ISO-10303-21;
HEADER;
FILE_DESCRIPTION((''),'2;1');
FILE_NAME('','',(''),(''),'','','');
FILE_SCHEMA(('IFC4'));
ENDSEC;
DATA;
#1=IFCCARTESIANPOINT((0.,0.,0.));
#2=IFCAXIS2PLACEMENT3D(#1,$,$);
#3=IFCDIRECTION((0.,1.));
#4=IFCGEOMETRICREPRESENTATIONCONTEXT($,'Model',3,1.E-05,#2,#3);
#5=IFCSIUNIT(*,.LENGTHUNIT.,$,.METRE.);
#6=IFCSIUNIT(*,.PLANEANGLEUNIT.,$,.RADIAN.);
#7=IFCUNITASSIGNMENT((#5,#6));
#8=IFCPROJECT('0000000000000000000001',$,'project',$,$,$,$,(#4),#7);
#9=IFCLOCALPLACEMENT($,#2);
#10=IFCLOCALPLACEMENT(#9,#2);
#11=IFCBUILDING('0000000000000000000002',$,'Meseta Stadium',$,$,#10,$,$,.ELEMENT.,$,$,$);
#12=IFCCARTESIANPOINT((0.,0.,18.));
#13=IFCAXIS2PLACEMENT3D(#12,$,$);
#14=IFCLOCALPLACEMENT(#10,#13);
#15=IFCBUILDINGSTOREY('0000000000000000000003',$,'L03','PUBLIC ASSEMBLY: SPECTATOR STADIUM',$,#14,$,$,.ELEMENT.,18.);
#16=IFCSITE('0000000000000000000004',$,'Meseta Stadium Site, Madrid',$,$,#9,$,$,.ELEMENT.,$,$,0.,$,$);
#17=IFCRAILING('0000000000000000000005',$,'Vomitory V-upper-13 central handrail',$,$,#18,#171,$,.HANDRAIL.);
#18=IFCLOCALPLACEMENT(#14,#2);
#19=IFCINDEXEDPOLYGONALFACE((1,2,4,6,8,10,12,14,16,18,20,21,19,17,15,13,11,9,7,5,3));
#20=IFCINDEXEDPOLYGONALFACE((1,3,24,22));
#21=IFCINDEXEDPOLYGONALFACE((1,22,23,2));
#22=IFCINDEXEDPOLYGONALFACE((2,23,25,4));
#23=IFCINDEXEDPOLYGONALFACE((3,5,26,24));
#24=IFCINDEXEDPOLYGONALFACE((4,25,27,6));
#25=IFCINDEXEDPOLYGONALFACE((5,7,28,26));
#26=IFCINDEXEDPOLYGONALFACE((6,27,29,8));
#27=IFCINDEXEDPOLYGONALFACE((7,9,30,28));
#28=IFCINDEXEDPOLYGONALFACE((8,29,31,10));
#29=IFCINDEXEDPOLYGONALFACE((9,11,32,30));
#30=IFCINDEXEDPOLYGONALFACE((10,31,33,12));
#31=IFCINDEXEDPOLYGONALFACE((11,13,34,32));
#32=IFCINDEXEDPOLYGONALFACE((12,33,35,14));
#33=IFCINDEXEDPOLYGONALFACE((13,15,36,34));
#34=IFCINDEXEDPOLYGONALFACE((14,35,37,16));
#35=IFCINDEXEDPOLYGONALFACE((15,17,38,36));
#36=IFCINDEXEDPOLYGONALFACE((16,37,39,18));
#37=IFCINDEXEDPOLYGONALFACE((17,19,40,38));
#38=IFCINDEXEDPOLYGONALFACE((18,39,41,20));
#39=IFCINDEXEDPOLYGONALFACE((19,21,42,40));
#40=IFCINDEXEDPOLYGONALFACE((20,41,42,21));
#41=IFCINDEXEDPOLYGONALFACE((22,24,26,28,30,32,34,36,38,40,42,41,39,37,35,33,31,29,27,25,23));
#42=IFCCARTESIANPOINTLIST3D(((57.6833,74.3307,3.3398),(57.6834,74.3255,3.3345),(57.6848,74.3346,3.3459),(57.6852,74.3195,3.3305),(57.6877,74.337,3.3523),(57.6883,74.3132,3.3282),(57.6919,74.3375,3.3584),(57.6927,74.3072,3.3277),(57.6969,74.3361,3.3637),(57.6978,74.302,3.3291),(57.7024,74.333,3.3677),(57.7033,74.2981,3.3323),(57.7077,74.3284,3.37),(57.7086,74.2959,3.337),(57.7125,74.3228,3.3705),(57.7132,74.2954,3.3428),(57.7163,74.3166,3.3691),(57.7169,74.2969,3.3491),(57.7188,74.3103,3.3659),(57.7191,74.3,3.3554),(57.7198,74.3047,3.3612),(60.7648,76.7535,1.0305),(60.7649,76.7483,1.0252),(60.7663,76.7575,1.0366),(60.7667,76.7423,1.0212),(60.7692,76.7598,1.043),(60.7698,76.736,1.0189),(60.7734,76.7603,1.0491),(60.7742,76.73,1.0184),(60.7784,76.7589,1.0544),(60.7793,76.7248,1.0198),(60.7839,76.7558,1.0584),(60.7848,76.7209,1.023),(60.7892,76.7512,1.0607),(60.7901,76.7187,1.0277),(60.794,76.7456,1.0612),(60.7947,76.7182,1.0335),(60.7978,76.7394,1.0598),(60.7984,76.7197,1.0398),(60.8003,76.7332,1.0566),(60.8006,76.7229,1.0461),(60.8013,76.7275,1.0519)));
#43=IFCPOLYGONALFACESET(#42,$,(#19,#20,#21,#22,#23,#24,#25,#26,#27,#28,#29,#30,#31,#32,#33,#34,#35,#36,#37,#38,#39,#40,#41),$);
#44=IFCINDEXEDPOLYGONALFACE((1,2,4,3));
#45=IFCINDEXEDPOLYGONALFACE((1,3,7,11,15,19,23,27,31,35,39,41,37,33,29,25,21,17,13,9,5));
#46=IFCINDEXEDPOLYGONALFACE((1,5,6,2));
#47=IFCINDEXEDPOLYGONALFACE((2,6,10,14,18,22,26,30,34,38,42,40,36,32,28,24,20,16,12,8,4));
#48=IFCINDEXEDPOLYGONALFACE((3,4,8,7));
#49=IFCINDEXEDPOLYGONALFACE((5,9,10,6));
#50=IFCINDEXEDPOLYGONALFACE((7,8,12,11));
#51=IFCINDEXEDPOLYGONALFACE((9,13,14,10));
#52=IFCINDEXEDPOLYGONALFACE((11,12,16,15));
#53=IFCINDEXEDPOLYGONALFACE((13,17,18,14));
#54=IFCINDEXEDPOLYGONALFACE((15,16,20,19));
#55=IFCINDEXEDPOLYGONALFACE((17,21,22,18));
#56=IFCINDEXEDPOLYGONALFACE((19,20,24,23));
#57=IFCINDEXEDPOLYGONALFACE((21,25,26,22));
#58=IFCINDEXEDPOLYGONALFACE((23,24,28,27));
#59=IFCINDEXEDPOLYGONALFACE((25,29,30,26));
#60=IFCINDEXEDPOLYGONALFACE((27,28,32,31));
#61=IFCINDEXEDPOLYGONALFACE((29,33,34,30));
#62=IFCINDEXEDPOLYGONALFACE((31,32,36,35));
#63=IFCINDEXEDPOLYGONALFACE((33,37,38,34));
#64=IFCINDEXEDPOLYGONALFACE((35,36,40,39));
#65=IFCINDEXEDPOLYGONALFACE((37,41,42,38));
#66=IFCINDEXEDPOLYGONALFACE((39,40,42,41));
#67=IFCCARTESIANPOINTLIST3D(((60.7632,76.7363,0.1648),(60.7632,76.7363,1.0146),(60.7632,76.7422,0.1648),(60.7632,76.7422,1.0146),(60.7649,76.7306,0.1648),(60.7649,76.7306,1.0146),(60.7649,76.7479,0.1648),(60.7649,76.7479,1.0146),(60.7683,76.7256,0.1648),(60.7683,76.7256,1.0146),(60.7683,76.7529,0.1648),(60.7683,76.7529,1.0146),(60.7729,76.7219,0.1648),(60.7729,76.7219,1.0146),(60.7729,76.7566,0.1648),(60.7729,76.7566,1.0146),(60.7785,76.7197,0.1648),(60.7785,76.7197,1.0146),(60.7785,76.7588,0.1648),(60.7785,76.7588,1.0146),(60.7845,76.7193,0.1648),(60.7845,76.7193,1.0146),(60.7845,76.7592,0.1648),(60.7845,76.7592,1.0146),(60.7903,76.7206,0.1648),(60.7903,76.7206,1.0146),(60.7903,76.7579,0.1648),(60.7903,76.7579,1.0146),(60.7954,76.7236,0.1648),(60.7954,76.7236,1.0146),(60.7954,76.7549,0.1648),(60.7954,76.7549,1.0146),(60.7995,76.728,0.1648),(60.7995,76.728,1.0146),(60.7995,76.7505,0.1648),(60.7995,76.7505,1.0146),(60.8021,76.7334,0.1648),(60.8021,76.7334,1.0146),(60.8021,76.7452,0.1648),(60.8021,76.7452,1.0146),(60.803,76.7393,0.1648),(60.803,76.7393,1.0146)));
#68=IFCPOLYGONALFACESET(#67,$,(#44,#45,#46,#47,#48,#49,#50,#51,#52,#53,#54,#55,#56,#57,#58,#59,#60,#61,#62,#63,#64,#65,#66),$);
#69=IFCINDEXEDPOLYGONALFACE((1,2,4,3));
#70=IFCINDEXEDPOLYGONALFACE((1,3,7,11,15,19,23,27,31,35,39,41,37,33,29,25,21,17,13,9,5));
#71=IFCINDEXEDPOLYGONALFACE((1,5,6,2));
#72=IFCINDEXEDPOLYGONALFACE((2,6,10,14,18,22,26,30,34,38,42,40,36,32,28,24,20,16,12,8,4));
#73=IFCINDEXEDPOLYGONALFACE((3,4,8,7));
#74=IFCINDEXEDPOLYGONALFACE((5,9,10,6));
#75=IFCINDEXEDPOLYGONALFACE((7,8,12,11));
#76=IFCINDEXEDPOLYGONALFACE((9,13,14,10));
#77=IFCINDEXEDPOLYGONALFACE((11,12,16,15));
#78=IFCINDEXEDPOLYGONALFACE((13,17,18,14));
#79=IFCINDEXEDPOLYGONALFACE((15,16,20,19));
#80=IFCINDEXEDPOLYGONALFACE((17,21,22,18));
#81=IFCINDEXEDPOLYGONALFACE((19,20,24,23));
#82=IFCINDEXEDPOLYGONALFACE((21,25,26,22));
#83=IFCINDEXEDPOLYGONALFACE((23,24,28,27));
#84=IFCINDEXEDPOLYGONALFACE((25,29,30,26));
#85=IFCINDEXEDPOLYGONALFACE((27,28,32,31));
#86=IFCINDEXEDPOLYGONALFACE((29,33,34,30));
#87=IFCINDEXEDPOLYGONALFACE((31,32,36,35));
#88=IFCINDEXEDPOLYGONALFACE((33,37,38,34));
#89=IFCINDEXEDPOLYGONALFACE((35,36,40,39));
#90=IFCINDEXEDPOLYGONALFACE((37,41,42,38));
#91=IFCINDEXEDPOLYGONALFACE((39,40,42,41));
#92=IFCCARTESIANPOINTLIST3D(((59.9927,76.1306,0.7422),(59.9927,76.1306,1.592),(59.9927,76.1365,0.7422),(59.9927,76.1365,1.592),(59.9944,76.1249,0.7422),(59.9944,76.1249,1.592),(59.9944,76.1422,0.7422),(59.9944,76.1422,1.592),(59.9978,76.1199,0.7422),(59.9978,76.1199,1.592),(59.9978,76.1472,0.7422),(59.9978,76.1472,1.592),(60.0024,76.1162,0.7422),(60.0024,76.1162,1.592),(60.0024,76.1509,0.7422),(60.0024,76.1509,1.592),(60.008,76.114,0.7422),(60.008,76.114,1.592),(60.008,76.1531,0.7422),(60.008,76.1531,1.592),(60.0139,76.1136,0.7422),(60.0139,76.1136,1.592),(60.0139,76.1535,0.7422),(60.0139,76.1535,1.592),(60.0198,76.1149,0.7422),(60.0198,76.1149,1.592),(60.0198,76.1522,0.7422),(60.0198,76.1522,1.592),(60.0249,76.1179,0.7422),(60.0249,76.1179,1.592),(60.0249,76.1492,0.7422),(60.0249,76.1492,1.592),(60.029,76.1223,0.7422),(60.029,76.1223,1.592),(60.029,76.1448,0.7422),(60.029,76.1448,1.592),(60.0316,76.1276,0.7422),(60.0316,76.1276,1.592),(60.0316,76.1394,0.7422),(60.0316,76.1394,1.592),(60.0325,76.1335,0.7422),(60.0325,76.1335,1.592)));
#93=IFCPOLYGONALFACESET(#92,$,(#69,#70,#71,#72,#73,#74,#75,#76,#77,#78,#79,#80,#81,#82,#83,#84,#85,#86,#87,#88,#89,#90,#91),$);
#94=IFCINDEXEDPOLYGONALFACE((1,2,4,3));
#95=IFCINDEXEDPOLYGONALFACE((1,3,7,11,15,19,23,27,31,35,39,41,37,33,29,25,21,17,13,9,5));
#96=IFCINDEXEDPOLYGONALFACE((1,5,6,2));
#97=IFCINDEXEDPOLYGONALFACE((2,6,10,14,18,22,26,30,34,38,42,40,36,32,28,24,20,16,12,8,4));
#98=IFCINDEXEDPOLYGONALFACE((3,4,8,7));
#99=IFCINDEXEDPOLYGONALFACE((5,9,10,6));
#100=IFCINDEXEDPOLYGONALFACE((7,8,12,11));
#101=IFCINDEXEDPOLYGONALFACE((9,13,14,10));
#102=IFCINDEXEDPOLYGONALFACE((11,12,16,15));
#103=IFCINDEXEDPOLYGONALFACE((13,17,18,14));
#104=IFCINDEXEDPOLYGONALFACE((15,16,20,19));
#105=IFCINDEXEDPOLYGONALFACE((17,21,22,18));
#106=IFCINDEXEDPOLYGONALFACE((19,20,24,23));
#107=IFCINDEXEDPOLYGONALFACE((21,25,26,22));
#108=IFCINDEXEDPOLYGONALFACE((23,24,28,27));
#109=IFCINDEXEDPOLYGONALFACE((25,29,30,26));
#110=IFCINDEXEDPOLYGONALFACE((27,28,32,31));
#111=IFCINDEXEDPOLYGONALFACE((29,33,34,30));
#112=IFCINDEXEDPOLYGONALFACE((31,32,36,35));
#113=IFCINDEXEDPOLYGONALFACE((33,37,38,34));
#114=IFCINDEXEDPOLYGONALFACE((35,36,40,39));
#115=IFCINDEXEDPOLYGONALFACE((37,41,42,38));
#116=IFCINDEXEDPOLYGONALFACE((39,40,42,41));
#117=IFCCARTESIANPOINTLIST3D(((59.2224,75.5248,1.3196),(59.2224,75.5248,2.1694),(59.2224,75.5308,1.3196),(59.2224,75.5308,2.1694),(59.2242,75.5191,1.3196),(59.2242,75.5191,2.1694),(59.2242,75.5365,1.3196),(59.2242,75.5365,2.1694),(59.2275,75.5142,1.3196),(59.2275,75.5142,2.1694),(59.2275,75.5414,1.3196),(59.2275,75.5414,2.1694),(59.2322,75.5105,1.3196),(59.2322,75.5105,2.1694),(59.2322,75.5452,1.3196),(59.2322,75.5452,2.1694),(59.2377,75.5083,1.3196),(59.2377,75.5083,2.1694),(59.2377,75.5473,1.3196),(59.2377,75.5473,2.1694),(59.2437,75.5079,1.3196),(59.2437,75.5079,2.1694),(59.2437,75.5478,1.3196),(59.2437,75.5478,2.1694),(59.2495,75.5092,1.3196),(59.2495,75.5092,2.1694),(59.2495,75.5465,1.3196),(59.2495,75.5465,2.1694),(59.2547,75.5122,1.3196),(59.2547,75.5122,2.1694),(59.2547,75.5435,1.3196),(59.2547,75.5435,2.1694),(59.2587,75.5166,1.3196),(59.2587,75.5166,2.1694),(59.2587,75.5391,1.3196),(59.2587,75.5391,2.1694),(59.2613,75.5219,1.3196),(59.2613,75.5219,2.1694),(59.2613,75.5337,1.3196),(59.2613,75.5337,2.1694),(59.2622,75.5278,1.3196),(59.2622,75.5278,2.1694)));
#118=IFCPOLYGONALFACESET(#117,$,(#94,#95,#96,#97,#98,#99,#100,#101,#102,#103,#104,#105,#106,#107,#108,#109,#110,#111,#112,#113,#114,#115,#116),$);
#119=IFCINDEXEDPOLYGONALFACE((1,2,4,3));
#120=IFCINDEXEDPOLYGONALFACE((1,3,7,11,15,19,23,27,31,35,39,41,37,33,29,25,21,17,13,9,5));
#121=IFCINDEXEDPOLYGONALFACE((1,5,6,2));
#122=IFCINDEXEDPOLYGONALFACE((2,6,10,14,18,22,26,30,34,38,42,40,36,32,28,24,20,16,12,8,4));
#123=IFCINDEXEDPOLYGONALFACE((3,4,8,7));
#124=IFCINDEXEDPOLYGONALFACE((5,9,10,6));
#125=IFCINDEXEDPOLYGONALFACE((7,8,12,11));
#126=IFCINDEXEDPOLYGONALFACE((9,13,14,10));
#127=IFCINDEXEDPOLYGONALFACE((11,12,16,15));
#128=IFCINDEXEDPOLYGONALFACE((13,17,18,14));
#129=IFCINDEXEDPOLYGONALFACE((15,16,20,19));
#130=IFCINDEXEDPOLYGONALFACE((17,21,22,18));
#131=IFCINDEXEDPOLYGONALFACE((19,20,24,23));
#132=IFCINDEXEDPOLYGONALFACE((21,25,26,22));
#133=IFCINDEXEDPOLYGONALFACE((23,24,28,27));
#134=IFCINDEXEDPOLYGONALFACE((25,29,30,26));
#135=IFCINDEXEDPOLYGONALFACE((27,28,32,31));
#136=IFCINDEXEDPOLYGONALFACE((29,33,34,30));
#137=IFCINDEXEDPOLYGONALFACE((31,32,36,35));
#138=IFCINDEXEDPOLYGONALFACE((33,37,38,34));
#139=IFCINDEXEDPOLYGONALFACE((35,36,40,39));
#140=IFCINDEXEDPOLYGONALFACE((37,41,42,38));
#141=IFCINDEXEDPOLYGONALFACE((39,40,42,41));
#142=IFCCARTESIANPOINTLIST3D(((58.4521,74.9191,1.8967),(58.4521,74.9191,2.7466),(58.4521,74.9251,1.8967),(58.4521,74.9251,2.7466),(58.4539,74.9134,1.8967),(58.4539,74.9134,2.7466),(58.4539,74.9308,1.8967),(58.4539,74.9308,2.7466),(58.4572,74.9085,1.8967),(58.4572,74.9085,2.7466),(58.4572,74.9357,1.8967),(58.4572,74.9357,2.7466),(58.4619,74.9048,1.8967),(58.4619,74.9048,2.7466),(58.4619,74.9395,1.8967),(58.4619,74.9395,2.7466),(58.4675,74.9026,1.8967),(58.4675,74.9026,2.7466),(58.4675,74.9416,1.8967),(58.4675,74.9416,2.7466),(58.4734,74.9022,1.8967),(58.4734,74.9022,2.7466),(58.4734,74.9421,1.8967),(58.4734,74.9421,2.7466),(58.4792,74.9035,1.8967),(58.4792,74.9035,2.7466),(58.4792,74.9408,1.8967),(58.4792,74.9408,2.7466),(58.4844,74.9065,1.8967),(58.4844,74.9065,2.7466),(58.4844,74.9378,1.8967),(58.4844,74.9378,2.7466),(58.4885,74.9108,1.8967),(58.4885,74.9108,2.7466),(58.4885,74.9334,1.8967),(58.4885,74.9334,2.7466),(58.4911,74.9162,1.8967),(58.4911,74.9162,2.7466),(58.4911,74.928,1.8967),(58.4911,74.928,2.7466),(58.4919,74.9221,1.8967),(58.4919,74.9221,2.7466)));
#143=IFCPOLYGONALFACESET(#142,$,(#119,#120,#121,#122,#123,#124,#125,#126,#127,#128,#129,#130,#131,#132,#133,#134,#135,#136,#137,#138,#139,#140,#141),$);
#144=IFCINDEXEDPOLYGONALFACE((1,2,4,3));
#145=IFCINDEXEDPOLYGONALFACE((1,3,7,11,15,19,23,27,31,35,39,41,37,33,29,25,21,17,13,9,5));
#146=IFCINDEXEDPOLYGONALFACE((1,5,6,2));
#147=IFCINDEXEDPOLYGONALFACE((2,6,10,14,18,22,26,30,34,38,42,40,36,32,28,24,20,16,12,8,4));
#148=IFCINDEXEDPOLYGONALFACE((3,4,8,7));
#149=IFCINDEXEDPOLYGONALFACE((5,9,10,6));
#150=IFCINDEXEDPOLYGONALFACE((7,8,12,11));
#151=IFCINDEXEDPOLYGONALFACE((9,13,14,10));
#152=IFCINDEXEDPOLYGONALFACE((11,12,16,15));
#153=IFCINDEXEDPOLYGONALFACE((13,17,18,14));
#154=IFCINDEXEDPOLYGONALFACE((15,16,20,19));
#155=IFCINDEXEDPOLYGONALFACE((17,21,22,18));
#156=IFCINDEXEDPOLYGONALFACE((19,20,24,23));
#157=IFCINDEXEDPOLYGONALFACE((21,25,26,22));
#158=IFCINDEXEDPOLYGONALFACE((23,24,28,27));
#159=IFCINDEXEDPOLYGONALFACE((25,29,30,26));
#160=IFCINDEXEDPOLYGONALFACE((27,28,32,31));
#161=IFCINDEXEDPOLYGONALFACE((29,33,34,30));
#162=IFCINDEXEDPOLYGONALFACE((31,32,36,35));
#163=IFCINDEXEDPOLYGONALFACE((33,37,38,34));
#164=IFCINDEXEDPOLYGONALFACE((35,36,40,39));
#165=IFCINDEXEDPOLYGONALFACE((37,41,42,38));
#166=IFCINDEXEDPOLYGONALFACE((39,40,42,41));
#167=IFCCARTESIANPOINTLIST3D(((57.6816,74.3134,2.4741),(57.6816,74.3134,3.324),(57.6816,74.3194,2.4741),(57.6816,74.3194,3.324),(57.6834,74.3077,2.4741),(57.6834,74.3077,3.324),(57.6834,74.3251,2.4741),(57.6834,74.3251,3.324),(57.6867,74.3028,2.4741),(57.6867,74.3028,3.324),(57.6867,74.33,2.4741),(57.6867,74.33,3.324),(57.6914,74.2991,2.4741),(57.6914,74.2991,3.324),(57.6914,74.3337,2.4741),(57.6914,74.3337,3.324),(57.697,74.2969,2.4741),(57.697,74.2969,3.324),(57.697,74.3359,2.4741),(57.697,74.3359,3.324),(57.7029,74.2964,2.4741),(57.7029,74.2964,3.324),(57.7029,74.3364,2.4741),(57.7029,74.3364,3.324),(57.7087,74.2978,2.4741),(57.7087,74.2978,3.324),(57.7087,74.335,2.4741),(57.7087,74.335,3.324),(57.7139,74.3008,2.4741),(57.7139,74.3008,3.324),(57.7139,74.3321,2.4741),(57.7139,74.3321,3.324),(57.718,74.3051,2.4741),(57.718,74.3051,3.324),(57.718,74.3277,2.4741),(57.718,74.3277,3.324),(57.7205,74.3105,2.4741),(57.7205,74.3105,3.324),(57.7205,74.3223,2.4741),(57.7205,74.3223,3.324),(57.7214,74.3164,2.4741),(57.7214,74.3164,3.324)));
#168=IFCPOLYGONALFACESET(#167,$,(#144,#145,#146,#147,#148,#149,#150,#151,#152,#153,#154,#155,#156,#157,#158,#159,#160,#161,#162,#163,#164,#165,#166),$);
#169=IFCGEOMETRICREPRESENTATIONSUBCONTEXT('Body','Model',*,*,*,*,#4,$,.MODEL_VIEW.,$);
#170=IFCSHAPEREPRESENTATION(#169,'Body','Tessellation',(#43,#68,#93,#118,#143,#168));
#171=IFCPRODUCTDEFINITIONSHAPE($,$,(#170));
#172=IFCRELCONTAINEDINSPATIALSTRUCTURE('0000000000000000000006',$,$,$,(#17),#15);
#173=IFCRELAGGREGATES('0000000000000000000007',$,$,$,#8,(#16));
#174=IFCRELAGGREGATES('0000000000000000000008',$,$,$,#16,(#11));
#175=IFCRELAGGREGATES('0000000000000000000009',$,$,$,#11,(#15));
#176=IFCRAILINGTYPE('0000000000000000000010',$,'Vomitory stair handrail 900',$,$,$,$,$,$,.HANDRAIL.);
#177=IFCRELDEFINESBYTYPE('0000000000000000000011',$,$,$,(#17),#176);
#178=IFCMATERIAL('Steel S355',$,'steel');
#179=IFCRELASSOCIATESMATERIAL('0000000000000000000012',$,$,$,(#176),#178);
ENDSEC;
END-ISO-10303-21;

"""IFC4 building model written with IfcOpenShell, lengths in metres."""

from ifc_helpers import new_model, si_unit, direction, frame, origin, origin_2d, place, context, subcontext, project, spatial, circle, extrude, material, type_object, element, save


model = new_model("IFC4")

# Units and contexts
model_context = context("Model", 3, precision=1e-05, world=origin(), true_north=direction((0.0, 1.0)))
body_context = subcontext(model_context, "Body", "Model", "MODEL_VIEW")
ifc_project = project(units=[si_unit("LENGTHUNIT", "METRE"), si_unit("PLANEANGLEUNIT", "RADIAN")], contexts=[model_context])

# Site, building, storey
site_placement = place(None, origin())
site = spatial("IfcSite", under=ifc_project, at=site_placement, Name="Meseta Stadium Site, Madrid", CompositionType="ELEMENT", RefElevation=0.0)
building_placement = place(site_placement, origin())
building = spatial("IfcBuilding", under=site, at=building_placement, Name="Meseta Stadium", CompositionType="ELEMENT")
storey_placement = place(building_placement, frame((0.0, 0.0, 18.0)))
storey = spatial("IfcBuildingStorey", under=building, at=storey_placement, Name="L03", Description="PUBLIC ASSEMBLY: SPECTATOR STADIUM", CompositionType="ELEMENT", Elevation=18.0)

# Railing
ifc_material_1 = material(Name="Steel S355", Category="steel")
railing_type_1 = type_object("IfcRailingType", Name="Vomitory stair handrail 900", PredefinedType="HANDRAIL", material=ifc_material_1)
railing_1_placement = place(storey_placement, frame((60.783, 76.7393, 0.1648)))
element("IfcRailing", 1, at=railing_1_placement, inside=storey, type_object=railing_type_1, Name="Vomitory V-upper-13 central handrail", PredefinedType="HANDRAIL", context=body_context, shape_type="SweptSolid", body=[
    extrude(circle(Radius=0.0249, at=origin_2d()), frame((0.0, 0.0, 0.875), z_axis=(-0.677318, -0.532539, 0.507586), x_axis=(0.61808, -0.786115, 0.0)), (0.0, 0.0, 1.0), 4.5496),
    extrude(circle(Radius=0.02, at=origin_2d()), origin(), (0.0, 0.0, 1.0), 0.8499),
    extrude(circle(Radius=0.02, at=origin_2d()), frame((-0.7705, -0.6057, 0.5774)), (0.0, 0.0, 1.0), 0.8499),
    extrude(circle(Radius=0.02, at=origin_2d()), frame((-1.5408, -1.2114, 1.1548)), (0.0, 0.0, 1.0), 0.8499),
    extrude(circle(Radius=0.02, at=origin_2d()), frame((-2.311, -1.8171, 1.7319)), (0.0, 0.0, 1.0), 0.8499),
    extrude(circle(Radius=0.02, at=origin_2d()), frame((-3.0815, -2.4229, 2.3093)), (0.0, 0.0, 1.0), 0.8499),
])

save(model, "model.ifc")
